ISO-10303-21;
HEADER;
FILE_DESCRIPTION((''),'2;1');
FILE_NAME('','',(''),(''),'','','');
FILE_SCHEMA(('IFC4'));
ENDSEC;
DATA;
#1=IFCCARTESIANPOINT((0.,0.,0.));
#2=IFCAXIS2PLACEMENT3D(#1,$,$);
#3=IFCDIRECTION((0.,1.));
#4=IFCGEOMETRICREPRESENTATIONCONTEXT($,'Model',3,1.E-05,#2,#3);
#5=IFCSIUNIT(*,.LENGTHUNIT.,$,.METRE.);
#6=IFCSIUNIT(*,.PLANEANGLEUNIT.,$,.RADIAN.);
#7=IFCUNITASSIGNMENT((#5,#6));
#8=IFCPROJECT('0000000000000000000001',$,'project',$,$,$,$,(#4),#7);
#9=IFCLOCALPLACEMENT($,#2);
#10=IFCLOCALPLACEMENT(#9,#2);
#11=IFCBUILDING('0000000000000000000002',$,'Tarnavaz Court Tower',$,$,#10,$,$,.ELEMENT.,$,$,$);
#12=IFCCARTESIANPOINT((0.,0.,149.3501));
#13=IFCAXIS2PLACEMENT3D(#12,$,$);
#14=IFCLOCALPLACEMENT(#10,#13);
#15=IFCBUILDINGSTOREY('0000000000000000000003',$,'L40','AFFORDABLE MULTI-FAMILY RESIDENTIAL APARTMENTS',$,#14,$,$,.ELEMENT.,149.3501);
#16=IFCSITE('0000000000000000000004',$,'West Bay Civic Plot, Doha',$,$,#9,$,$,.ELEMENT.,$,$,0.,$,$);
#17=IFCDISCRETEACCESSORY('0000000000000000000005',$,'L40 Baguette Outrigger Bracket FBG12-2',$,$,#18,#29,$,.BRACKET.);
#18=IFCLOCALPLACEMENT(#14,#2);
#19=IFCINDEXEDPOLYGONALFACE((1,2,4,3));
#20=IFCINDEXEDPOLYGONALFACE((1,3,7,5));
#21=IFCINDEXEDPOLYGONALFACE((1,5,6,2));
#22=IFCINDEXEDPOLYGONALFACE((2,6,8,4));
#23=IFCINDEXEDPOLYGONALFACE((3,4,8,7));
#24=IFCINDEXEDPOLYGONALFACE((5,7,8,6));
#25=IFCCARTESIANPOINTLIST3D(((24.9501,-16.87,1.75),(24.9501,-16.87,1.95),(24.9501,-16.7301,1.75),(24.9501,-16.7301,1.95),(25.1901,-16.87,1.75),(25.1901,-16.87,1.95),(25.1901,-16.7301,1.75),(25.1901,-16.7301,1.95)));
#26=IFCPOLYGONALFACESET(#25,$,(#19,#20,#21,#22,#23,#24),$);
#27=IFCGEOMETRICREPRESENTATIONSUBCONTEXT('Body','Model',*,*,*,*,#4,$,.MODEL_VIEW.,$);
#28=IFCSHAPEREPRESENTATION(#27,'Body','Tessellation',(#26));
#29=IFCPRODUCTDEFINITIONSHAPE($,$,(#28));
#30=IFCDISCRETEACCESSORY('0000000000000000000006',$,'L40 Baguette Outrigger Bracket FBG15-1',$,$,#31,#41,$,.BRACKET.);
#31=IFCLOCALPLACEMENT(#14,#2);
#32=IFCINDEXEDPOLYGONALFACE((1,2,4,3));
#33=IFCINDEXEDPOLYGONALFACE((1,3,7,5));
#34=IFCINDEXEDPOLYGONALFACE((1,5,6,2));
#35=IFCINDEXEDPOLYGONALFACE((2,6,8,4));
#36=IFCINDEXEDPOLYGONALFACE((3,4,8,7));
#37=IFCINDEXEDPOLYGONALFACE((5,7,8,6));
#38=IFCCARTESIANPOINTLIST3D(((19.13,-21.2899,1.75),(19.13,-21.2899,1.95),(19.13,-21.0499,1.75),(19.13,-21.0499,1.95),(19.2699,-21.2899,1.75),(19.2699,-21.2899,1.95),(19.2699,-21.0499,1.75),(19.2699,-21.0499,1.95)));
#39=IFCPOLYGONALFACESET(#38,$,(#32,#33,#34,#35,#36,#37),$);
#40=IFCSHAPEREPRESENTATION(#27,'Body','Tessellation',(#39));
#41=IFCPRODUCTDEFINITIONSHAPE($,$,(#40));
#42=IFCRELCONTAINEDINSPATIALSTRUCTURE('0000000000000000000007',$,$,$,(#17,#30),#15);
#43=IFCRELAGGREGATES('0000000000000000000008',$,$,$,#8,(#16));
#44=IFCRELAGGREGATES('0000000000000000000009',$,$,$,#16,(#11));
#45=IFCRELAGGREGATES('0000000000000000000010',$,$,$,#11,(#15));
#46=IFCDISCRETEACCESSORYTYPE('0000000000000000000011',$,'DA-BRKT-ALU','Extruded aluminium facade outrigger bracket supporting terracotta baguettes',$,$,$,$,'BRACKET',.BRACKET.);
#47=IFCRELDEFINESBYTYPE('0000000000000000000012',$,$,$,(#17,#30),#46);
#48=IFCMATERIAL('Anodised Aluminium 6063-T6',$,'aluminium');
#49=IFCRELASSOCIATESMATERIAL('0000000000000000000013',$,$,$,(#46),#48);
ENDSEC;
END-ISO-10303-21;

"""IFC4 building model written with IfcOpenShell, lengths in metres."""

from ifc_helpers import new_model, si_unit, direction, frame, origin, origin_2d, place, context, subcontext, project, spatial, rectangle, extrude, material, type_object, element, save


model = new_model("IFC4")

# Units and contexts
model_context = context("Model", 3, precision=1e-05, world=origin(), true_north=direction((0.0, 1.0)))
body_context = subcontext(model_context, "Body", "Model", "MODEL_VIEW")
ifc_project = project(units=[si_unit("LENGTHUNIT", "METRE"), si_unit("PLANEANGLEUNIT", "RADIAN")], contexts=[model_context])

# Site, building, storey
site_placement = place(None, origin())
site = spatial("IfcSite", under=ifc_project, at=site_placement, Name="West Bay Civic Plot, Doha", CompositionType="ELEMENT", RefElevation=0.0)
building_placement = place(site_placement, origin())
building = spatial("IfcBuilding", under=site, at=building_placement, Name="Tarnavaz Court Tower", CompositionType="ELEMENT")
storey_placement = place(building_placement, frame((0.0, 0.0, 149.3501)))
storey = spatial("IfcBuildingStorey", under=building, at=storey_placement, Name="L40", Description="AFFORDABLE MULTI-FAMILY RESIDENTIAL APARTMENTS", CompositionType="ELEMENT", Elevation=149.3501)

# Discrete accessories
ifc_material_1 = material(Name="Anodised Aluminium 6063-T6", Category="aluminium")
discrete_accessory_type = type_object("IfcDiscreteAccessoryType", Name="DA-BRKT-ALU", Description="Extruded aluminium facade outrigger bracket supporting terracotta baguettes", ElementType="BRACKET", PredefinedType="BRACKET", material=ifc_material_1)
for number, where, z_axis, x_axis, name in (
    (1, (25.0701, -16.8, 1.75), (0.0, 0.0, 1.0), (0.0, -1.0, 0.0), "L40 Baguette Outrigger Bracket FBG12-2"),
    (2, (19.2, -21.1699, 1.75), (0.0, 0.0, 1.0), (-1.0, 0.0, 0.0), "L40 Baguette Outrigger Bracket FBG15-1"),
):
    element("IfcDiscreteAccessory", number, at=place(storey_placement, frame(where, z_axis=z_axis, x_axis=x_axis)), inside=storey, type_object=discrete_accessory_type, Name=name, PredefinedType="BRACKET", context=body_context, shape_type="SweptSolid", body=[
        extrude(rectangle(XDim=0.1399, YDim=0.24, at=origin_2d()), origin(), (0.0, 0.0, 1.0), 0.2),
    ])

save(model, "model.ifc")
